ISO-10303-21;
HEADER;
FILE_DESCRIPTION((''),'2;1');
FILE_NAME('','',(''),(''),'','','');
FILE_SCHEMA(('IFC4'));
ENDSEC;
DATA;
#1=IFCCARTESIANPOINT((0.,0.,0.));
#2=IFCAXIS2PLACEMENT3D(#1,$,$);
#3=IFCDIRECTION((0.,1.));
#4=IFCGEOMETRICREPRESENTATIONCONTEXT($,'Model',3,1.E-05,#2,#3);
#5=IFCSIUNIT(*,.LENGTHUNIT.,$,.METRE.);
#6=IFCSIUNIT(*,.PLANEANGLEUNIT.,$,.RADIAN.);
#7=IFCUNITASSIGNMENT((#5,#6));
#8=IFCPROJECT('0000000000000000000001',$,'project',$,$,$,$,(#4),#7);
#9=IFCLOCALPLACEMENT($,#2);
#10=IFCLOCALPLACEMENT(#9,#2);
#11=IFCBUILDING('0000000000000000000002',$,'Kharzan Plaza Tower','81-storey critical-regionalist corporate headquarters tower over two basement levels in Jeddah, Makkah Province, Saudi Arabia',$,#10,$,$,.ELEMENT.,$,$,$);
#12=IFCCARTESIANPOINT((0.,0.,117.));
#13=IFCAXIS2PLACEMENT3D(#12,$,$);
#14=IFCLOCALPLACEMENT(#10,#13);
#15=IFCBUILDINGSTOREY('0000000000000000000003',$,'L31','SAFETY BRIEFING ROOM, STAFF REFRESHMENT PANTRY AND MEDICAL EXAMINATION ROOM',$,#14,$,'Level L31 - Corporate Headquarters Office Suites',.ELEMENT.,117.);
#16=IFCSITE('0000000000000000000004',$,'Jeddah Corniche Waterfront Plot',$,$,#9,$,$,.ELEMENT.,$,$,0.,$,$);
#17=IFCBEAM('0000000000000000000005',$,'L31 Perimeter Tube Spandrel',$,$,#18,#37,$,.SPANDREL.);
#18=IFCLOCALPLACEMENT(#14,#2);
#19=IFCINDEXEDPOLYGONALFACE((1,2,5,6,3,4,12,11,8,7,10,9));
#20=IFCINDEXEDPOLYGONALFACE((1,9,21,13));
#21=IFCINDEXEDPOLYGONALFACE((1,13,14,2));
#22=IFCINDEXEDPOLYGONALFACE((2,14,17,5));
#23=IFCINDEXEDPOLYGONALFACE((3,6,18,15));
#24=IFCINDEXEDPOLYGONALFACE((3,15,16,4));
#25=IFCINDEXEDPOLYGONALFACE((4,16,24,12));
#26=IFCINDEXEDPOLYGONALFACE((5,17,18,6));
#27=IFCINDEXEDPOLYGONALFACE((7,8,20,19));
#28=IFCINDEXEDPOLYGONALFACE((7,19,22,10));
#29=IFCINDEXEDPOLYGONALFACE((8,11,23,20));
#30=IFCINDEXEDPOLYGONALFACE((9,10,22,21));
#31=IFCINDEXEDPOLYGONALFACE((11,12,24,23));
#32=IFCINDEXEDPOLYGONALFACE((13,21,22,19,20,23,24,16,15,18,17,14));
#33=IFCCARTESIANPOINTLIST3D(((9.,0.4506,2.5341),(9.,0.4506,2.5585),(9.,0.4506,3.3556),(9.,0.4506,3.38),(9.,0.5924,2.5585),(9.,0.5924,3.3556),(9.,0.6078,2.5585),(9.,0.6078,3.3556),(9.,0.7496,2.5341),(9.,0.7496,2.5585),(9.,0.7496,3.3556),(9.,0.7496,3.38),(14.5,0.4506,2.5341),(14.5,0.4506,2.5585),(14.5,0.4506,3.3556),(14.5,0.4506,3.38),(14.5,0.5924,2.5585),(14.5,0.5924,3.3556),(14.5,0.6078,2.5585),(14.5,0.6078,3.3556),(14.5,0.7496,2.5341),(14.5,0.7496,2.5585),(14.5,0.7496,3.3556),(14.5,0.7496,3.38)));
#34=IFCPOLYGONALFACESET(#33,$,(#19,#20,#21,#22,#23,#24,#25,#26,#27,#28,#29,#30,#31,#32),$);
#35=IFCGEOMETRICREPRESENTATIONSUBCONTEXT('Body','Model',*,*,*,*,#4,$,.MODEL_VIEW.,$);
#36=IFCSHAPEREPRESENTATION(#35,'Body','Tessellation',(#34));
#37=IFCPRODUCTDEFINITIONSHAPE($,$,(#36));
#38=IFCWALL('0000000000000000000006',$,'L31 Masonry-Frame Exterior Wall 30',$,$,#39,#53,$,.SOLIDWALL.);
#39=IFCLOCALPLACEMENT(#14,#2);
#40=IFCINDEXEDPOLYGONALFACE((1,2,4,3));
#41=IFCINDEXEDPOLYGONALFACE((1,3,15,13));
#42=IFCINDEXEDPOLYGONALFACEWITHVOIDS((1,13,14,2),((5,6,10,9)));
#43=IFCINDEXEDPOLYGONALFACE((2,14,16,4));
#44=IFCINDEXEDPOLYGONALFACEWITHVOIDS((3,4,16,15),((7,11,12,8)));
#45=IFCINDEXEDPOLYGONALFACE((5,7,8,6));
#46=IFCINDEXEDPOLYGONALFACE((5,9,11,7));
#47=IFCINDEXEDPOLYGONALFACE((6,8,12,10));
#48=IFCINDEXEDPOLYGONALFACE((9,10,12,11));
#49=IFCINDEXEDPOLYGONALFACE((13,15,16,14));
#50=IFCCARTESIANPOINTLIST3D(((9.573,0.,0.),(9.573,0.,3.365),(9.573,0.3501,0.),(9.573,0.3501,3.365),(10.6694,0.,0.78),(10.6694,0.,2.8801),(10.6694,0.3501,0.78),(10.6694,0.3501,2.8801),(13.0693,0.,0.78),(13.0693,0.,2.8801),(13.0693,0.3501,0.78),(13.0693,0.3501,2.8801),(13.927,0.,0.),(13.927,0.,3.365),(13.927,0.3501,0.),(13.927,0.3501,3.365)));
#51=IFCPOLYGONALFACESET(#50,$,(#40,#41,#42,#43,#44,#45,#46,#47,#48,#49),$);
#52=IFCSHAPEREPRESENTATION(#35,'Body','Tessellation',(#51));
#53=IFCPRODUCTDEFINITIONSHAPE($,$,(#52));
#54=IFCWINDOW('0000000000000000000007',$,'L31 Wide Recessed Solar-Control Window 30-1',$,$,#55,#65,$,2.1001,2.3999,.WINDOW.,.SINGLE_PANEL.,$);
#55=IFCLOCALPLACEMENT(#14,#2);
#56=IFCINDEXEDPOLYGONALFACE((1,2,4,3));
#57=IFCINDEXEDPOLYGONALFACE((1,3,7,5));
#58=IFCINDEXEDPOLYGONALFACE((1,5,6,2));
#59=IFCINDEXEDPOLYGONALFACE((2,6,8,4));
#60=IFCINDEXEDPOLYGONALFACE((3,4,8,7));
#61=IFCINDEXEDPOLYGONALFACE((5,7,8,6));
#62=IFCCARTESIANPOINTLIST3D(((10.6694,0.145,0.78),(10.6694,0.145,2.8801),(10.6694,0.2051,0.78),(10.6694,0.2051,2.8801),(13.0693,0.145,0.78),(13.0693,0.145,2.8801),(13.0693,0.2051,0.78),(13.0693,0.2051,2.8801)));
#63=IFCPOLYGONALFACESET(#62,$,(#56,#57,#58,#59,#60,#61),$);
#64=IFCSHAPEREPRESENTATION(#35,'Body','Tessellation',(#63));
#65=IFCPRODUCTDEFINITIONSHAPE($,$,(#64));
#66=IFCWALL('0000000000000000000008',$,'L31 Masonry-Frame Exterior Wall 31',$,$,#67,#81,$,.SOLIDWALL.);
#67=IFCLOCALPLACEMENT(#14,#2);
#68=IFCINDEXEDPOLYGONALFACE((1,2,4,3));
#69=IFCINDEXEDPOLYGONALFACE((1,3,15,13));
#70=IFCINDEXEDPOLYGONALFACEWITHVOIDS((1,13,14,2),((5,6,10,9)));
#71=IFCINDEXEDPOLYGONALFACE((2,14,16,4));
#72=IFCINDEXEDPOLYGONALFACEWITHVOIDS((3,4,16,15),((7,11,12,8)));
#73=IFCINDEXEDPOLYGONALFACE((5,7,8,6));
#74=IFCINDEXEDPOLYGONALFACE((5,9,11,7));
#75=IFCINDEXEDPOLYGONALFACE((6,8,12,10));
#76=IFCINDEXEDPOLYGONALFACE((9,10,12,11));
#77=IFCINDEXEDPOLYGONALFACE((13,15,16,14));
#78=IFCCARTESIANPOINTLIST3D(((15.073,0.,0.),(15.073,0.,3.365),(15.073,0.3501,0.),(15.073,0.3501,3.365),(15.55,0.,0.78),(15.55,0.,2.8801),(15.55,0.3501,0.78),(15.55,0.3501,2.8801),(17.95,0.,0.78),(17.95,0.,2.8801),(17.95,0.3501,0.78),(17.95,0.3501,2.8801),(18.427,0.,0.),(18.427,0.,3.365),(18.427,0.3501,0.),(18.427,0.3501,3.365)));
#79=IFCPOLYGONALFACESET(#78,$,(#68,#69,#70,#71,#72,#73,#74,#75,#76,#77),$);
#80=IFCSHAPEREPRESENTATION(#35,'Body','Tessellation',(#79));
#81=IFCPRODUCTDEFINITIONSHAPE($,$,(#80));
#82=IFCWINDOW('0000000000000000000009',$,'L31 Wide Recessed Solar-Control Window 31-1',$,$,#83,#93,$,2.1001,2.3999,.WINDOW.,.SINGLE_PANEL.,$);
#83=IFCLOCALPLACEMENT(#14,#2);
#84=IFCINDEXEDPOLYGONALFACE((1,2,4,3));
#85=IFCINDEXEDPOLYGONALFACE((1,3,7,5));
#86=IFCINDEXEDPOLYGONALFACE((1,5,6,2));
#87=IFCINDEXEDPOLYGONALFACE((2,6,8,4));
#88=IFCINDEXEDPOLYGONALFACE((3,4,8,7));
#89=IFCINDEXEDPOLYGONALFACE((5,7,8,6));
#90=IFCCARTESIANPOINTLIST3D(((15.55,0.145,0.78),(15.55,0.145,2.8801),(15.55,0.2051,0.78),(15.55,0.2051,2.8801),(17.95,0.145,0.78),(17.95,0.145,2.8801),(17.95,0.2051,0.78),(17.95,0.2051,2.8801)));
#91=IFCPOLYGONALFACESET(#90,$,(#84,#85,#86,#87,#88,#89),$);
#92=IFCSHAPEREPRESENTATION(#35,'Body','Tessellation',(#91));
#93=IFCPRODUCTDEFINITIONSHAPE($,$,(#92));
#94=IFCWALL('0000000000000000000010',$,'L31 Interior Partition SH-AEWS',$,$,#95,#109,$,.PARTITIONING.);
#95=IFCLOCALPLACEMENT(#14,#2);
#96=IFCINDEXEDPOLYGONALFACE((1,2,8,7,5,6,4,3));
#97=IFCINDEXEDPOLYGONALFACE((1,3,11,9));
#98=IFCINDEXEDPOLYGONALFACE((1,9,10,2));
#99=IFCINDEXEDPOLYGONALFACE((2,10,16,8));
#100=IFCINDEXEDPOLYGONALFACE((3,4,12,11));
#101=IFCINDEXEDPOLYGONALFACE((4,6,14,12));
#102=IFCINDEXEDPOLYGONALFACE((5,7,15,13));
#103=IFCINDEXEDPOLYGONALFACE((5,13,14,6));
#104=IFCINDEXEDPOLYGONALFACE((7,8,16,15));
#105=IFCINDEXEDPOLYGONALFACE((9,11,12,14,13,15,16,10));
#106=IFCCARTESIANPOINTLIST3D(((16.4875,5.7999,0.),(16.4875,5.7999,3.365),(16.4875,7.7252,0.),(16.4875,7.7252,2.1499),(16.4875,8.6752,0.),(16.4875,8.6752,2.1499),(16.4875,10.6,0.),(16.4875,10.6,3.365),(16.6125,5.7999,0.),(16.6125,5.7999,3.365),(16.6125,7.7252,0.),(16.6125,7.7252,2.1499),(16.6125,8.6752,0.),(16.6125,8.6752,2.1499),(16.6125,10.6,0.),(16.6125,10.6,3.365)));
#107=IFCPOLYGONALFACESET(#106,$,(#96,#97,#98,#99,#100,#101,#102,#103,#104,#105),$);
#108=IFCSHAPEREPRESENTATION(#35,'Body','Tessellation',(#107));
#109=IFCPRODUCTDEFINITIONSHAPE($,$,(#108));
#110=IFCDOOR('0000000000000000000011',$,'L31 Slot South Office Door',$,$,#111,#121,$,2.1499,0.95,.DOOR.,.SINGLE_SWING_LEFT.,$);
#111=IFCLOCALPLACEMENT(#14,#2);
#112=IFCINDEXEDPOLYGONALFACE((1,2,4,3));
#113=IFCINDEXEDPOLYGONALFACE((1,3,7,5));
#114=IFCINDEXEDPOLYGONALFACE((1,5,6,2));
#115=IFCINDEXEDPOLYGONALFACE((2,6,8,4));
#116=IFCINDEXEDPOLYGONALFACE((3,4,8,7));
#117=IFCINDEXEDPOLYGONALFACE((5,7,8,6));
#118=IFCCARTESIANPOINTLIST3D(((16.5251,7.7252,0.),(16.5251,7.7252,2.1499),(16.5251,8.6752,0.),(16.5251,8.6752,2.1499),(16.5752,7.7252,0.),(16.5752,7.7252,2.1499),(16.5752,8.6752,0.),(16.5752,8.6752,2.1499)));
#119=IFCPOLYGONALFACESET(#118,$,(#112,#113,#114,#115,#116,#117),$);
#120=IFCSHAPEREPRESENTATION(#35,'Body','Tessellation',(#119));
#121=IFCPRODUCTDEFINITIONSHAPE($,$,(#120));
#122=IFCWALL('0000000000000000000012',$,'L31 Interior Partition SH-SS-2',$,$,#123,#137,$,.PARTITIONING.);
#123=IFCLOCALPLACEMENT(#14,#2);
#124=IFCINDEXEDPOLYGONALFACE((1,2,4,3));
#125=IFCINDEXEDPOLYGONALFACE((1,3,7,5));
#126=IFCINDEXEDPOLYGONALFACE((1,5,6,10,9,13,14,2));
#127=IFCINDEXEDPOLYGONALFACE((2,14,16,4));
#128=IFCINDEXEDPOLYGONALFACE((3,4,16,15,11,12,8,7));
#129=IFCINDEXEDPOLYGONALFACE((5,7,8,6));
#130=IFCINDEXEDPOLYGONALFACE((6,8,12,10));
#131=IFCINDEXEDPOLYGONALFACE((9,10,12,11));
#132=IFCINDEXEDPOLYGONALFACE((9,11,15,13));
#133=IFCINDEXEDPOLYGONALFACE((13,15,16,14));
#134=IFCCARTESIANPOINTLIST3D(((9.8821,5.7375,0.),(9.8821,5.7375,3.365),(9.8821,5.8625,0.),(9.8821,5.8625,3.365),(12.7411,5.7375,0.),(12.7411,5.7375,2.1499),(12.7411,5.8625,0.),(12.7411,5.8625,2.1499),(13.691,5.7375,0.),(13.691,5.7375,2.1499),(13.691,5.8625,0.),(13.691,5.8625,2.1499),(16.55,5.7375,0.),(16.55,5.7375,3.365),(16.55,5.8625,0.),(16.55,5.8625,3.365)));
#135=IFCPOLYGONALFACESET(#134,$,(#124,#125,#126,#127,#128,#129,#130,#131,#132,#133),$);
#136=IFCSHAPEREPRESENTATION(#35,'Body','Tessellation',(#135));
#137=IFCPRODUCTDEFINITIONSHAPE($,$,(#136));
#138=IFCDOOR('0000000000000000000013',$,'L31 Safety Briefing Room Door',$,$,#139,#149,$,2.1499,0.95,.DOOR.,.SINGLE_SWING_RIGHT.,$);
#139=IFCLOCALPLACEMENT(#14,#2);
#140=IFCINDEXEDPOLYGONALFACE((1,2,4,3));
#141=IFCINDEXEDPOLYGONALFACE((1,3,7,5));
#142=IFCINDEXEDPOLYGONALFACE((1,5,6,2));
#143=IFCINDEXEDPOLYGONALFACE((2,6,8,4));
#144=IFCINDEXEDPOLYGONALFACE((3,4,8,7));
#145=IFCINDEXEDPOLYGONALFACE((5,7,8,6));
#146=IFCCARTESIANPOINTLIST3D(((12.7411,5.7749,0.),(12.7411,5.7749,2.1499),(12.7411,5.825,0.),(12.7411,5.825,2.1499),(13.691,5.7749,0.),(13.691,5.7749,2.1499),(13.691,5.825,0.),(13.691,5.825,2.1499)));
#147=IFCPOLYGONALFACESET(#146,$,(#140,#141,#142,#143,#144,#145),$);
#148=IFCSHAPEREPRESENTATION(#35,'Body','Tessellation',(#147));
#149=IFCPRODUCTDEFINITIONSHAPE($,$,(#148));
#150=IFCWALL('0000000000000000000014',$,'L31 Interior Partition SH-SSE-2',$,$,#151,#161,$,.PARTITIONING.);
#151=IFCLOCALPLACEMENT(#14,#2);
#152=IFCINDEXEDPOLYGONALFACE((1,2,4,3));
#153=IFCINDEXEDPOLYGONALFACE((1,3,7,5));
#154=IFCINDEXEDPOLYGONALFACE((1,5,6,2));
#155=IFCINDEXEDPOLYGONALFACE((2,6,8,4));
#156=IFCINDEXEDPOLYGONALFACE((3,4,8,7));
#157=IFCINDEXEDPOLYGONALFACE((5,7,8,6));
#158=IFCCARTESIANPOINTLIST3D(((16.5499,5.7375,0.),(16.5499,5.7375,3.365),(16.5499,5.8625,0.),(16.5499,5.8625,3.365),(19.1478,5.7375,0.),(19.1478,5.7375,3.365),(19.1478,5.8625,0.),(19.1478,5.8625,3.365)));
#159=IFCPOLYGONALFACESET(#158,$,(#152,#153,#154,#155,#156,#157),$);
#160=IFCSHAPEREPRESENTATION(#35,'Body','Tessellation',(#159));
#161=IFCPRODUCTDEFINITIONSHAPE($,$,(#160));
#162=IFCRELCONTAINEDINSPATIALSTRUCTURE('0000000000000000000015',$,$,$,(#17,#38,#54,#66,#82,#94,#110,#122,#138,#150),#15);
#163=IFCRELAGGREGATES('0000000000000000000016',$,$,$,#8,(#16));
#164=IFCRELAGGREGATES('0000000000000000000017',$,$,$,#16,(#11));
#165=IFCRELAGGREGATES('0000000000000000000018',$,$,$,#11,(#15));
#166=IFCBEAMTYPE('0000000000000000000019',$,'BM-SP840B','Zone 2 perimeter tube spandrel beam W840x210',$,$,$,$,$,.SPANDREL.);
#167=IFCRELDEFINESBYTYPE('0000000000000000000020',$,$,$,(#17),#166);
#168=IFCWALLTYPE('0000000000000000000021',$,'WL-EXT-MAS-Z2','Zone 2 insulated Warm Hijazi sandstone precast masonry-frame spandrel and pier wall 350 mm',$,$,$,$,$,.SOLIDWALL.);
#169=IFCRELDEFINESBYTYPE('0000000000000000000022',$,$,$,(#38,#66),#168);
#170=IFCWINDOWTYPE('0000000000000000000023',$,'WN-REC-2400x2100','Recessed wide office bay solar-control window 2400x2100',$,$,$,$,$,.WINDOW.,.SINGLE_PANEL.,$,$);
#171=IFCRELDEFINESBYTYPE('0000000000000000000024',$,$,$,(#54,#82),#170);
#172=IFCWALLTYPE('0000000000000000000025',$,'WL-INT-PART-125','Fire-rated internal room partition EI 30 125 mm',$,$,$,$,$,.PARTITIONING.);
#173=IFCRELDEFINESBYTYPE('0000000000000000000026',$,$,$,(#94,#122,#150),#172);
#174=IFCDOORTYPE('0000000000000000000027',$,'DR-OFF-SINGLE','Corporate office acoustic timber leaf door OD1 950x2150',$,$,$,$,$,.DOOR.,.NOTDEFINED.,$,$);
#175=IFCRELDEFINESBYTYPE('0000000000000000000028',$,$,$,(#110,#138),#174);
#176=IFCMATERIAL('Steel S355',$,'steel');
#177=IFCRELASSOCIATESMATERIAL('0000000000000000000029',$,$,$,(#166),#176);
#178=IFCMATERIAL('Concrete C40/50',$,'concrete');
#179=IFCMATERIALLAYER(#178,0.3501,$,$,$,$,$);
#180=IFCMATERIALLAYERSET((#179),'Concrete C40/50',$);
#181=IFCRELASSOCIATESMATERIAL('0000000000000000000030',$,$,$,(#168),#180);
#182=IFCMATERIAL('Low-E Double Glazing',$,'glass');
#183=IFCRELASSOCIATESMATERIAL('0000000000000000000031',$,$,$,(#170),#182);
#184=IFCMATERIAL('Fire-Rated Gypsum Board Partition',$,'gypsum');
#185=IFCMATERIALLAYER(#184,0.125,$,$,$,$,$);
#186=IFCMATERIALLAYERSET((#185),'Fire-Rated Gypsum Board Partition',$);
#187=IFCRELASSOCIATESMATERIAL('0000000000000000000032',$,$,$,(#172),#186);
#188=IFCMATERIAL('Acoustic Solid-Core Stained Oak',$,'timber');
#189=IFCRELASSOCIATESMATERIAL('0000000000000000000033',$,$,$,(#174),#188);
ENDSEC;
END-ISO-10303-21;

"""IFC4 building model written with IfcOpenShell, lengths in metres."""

from ifc_helpers import new_model, si_unit, direction, frame, frame_2d, origin, origin_2d, place, context, subcontext, project, spatial, rectangle, i_section, extrude, source, transform, mapped, material, layer, layer_set, material_profile, profile_set, type_object, element, fill, save


model = new_model("IFC4")

# Units and contexts
model_context = context("Model", 3, precision=1e-05, world=origin(), true_north=direction((0.0, 1.0)))
body_context = subcontext(model_context, "Body", "Model", "MODEL_VIEW")
ifc_project = project(units=[si_unit("LENGTHUNIT", "METRE"), si_unit("PLANEANGLEUNIT", "RADIAN")], contexts=[model_context])

# Site, building, storey
site_placement = place(None, origin())
site = spatial("IfcSite", under=ifc_project, at=site_placement, Name="Jeddah Corniche Waterfront Plot", CompositionType="ELEMENT", RefElevation=0.0)
building_placement = place(site_placement, origin())
building = spatial("IfcBuilding", under=site, at=building_placement, Name="Kharzan Plaza Tower", Description="81-storey critical-regionalist corporate headquarters tower over two basement levels in Jeddah, Makkah Province, Saudi Arabia", CompositionType="ELEMENT")
storey_placement = place(building_placement, frame((0.0, 0.0, 117.0)))
storey = spatial("IfcBuildingStorey", under=building, at=storey_placement, Name="L31", Description="SAFETY BRIEFING ROOM, STAFF REFRESHMENT PANTRY AND MEDICAL EXAMINATION ROOM", LongName="Level L31 - Corporate Headquarters Office Suites", CompositionType="ELEMENT", Elevation=117.0)

# Beam
ifc_material_1 = material(Name="Steel S355", Category="steel")
ifc_material_profile_1 = material_profile(ifc_material_1, i_section(OverallWidth=0.2991, OverallDepth=0.8459, WebThickness=0.0154, FlangeThickness=0.0244, at=origin_2d()), Name="W840x210")
ifc_profile_set_1 = profile_set([ifc_material_profile_1], Name="Steel S355")
beam_type_1 = type_object("IfcBeamType", Name="BM-SP840B", Description="Zone 2 perimeter tube spandrel beam W840x210", PredefinedType="SPANDREL", material=ifc_profile_set_1)
shared_shape_1 = source(origin(), body_context, "Body", "SweptSolid", [
    extrude(i_section(OverallWidth=0.2991, OverallDepth=0.8459, WebThickness=0.0154, FlangeThickness=0.0244, at=origin_2d()), origin(), (0.0, 0.0, 1.0), 5.5),
])
beam_1_placement = place(storey_placement, frame((9.0, 0.6001, 2.957), z_axis=(1.0, 0.0, 0.0), x_axis=(0.0, 1.0, 0.0)))
element("IfcBeam", 1, at=beam_1_placement, inside=storey, type_object=beam_type_1, Name="L31 Perimeter Tube Spandrel", PredefinedType="SPANDREL", context=body_context, shape_type="MappedRepresentation", body=[
    mapped(shared_shape_1, transform((0.0, 0.0, 0.0), x_axis=(1.0, 0.0, 0.0), y_axis=(0.0, 1.0, 0.0), z_axis=(0.0, 0.0, 1.0))),
])

# Walls, openings, windows
ifc_material_2 = material(Name="Concrete C40/50", Category="concrete")
ifc_layer_1 = layer(ifc_material_2, 0.3501)
ifc_layer_set_1 = layer_set([ifc_layer_1], Name="Concrete C40/50")
wall_type_1 = type_object("IfcWallType", Name="WL-EXT-MAS-Z2", Description="Zone 2 insulated Warm Hijazi sandstone precast masonry-frame spandrel and pier wall 350 mm", PredefinedType="SOLIDWALL", material=ifc_layer_set_1)
wall_1_placement = place(storey_placement, frame((9.573, 0.175, 0.0), z_axis=(0.0, 0.0, 1.0), x_axis=(1.0, 0.0, 0.0)))
wall_1 = element("IfcWall", 2, at=wall_1_placement, inside=storey, type_object=wall_type_1, Name="L31 Masonry-Frame Exterior Wall 30", PredefinedType="SOLIDWALL", context=body_context, shape_type="SweptSolid", body=[
    extrude(rectangle(XDim=4.354, YDim=0.3501, at=frame_2d((2.177, 0.0))), origin(), (0.0, 0.0, 1.0), 3.365),
])
opening_1_placement = place(wall_1_placement, frame((1.0964, 0.0, 0.78)))
opening_1 = element("IfcOpeningElement", 3, at=opening_1_placement, cuts=wall_1, PredefinedType="OPENING", context=body_context, shape_type="SweptSolid", body=[
    extrude(rectangle(XDim=2.3999, YDim=2.1001, at=frame_2d((1.2, 1.05))), frame((0.0, 0.1851, 0.0), z_axis=(0.0, -1.0, 0.0), x_axis=(1.0, 0.0, 0.0)), (0.0, 0.0, 1.0), 0.3701),
])
ifc_material_3 = material(Name="Low-E Double Glazing", Category="glass")
window_type = type_object("IfcWindowType", Name="WN-REC-2400x2100", Description="Recessed wide office bay solar-control window 2400x2100", PartitioningType="SINGLE_PANEL", PredefinedType="WINDOW", material=ifc_material_3)
shared_shape_2 = source(origin(), body_context, "Body", "SweptSolid", [
    extrude(rectangle(XDim=2.3999, YDim=2.1001, at=frame_2d((1.2, 1.05))), frame((0.0, 0.03, 0.0), z_axis=(0.0, -1.0, 0.0), x_axis=(1.0, 0.0, 0.0)), (0.0, 0.0, 1.0), 0.0601),
])
window_1_placement = place(opening_1_placement, origin())
window_1 = element("IfcWindow", 4, at=window_1_placement, inside=storey, type_object=window_type, Name="L31 Wide Recessed Solar-Control Window 30-1", OverallHeight=2.1001, OverallWidth=2.3999, PartitioningType="SINGLE_PANEL", PredefinedType="WINDOW", context=body_context, shape_type="MappedRepresentation", body=[
    mapped(shared_shape_2, transform((0.0, 0.0, 0.0), x_axis=(1.0, 0.0, 0.0), y_axis=(0.0, 1.0, 0.0), z_axis=(0.0, 0.0, 1.0))),
])
fill(opening_1, window_1)
wall_2_placement = place(storey_placement, frame((15.073, 0.175, 0.0), z_axis=(0.0, 0.0, 1.0), x_axis=(1.0, 0.0, 0.0)))
wall_2 = element("IfcWall", 5, at=wall_2_placement, inside=storey, type_object=wall_type_1, Name="L31 Masonry-Frame Exterior Wall 31", PredefinedType="SOLIDWALL", context=body_context, shape_type="SweptSolid", body=[
    extrude(rectangle(XDim=3.354, YDim=0.3501, at=frame_2d((1.677, 0.0))), origin(), (0.0, 0.0, 1.0), 3.365),
])
opening_2_placement = place(wall_2_placement, frame((0.4771, 0.0, 0.78)))
opening_2 = element("IfcOpeningElement", 6, at=opening_2_placement, cuts=wall_2, PredefinedType="OPENING", context=body_context, shape_type="SweptSolid", body=[
    extrude(rectangle(XDim=2.3999, YDim=2.1001, at=frame_2d((1.2, 1.05))), frame((0.0, 0.1851, 0.0), z_axis=(0.0, -1.0, 0.0), x_axis=(1.0, 0.0, 0.0)), (0.0, 0.0, 1.0), 0.3701),
])
window_2_placement = place(opening_2_placement, origin())
window_2 = element("IfcWindow", 7, at=window_2_placement, inside=storey, type_object=window_type, Name="L31 Wide Recessed Solar-Control Window 31-1", OverallHeight=2.1001, OverallWidth=2.3999, PartitioningType="SINGLE_PANEL", PredefinedType="WINDOW", context=body_context, shape_type="MappedRepresentation", body=[
    mapped(shared_shape_2, transform((0.0, 0.0, 0.0), x_axis=(1.0, 0.0, 0.0), y_axis=(0.0, 1.0, 0.0), z_axis=(0.0, 0.0, 1.0))),
])
fill(opening_2, window_2)

# Walls, openings, doors
ifc_material_4 = material(Name="Fire-Rated Gypsum Board Partition", Category="gypsum")
ifc_layer_2 = layer(ifc_material_4, 0.125)
ifc_layer_set_2 = layer_set([ifc_layer_2], Name="Fire-Rated Gypsum Board Partition")
wall_type_2 = type_object("IfcWallType", Name="WL-INT-PART-125", Description="Fire-rated internal room partition EI 30 125 mm", PredefinedType="PARTITIONING", material=ifc_layer_set_2)
wall_3_placement = place(storey_placement, frame((16.55, 5.8, 0.0), z_axis=(0.0, 0.0, 1.0), x_axis=(0.0, 1.0, 0.0)))
wall_3 = element("IfcWall", 8, at=wall_3_placement, inside=storey, type_object=wall_type_2, Name="L31 Interior Partition SH-AEWS", PredefinedType="PARTITIONING", context=body_context, shape_type="SweptSolid", body=[
    extrude(rectangle(XDim=4.8, YDim=0.125, at=frame_2d((2.3999, 0.0))), origin(), (0.0, 0.0, 1.0), 3.365),
])
opening_3_placement = place(wall_3_placement, frame((1.925, 0.0, 0.0)))
opening_3 = element("IfcOpeningElement", 9, at=opening_3_placement, cuts=wall_3, PredefinedType="OPENING", context=body_context, shape_type="SweptSolid", body=[
    extrude(rectangle(XDim=0.95, YDim=2.1499, at=frame_2d((0.4751, 1.075))), frame((0.0, 0.0725, 0.0), z_axis=(0.0, -1.0, 0.0), x_axis=(1.0, 0.0, 0.0)), (0.0, 0.0, 1.0), 0.145),
])
ifc_material_5 = material(Name="Acoustic Solid-Core Stained Oak", Category="timber")
door_type = type_object("IfcDoorType", Name="DR-OFF-SINGLE", Description="Corporate office acoustic timber leaf door OD1 950x2150", OperationType="NOTDEFINED", PredefinedType="DOOR", material=ifc_material_5)
shared_shape_3 = source(origin(), body_context, "Body", "SweptSolid", [
    extrude(rectangle(XDim=0.95, YDim=2.1499, at=frame_2d((0.4751, 1.075))), frame((0.0, 0.0249, 0.0), z_axis=(0.0, -1.0, 0.0), x_axis=(1.0, 0.0, 0.0)), (0.0, 0.0, 1.0), 0.05),
])
door_1_placement = place(opening_3_placement, origin())
door_1 = element("IfcDoor", 10, at=door_1_placement, inside=storey, type_object=door_type, Name="L31 Slot South Office Door", OperationType="SINGLE_SWING_LEFT", OverallHeight=2.1499, OverallWidth=0.95, PredefinedType="DOOR", context=body_context, shape_type="MappedRepresentation", body=[
    mapped(shared_shape_3, transform((0.0, 0.0, 0.0), x_axis=(1.0, 0.0, 0.0), y_axis=(0.0, 1.0, 0.0), z_axis=(0.0, 0.0, 1.0))),
])
fill(opening_3, door_1)
wall_4_placement = place(storey_placement, frame((9.8821, 5.8, 0.0), z_axis=(0.0, 0.0, 1.0), x_axis=(1.0, 0.0, 0.0)))
wall_4 = element("IfcWall", 11, at=wall_4_placement, inside=storey, type_object=wall_type_2, Name="L31 Interior Partition SH-SS-2", PredefinedType="PARTITIONING", context=body_context, shape_type="SweptSolid", body=[
    extrude(rectangle(XDim=6.668, YDim=0.125, at=frame_2d((3.334, 0.0))), origin(), (0.0, 0.0, 1.0), 3.365),
])
opening_4_placement = place(wall_4_placement, frame((2.8589, 0.0, 0.0)))
opening_4 = element("IfcOpeningElement", 12, at=opening_4_placement, cuts=wall_4, PredefinedType="OPENING", context=body_context, shape_type="SweptSolid", body=[
    extrude(rectangle(XDim=0.95, YDim=2.1499, at=frame_2d((0.4751, 1.075))), frame((0.0, 0.0725, 0.0), z_axis=(0.0, -1.0, 0.0), x_axis=(1.0, 0.0, 0.0)), (0.0, 0.0, 1.0), 0.145),
])
door_2_placement = place(opening_4_placement, origin())
door_2 = element("IfcDoor", 13, at=door_2_placement, inside=storey, type_object=door_type, Name="L31 Safety Briefing Room Door", OperationType="SINGLE_SWING_RIGHT", OverallHeight=2.1499, OverallWidth=0.95, PredefinedType="DOOR", context=body_context, shape_type="MappedRepresentation", body=[
    mapped(shared_shape_3, transform((0.0, 0.0, 0.0), x_axis=(1.0, 0.0, 0.0), y_axis=(0.0, 1.0, 0.0), z_axis=(0.0, 0.0, 1.0))),
])
fill(opening_4, door_2)

# Wall
shared_shape_4 = source(origin(), body_context, "Body", "SweptSolid", [
    extrude(rectangle(XDim=2.5979, YDim=0.125, at=frame_2d((1.2988, 0.0))), origin(), (0.0, 0.0, 1.0), 3.365),
])
wall_5_placement = place(storey_placement, frame((16.55, 5.8, 0.0), z_axis=(0.0, 0.0, 1.0), x_axis=(1.0, 0.0, 0.0)))
element("IfcWall", 14, at=wall_5_placement, inside=storey, type_object=wall_type_2, Name="L31 Interior Partition SH-SSE-2", PredefinedType="PARTITIONING", context=body_context, shape_type="MappedRepresentation", body=[
    mapped(shared_shape_4, transform((0.0, 0.0, 0.0), x_axis=(1.0, 0.0, 0.0), y_axis=(0.0, 1.0, 0.0), z_axis=(0.0, 0.0, 1.0))),
])

save(model, "model.ifc")
